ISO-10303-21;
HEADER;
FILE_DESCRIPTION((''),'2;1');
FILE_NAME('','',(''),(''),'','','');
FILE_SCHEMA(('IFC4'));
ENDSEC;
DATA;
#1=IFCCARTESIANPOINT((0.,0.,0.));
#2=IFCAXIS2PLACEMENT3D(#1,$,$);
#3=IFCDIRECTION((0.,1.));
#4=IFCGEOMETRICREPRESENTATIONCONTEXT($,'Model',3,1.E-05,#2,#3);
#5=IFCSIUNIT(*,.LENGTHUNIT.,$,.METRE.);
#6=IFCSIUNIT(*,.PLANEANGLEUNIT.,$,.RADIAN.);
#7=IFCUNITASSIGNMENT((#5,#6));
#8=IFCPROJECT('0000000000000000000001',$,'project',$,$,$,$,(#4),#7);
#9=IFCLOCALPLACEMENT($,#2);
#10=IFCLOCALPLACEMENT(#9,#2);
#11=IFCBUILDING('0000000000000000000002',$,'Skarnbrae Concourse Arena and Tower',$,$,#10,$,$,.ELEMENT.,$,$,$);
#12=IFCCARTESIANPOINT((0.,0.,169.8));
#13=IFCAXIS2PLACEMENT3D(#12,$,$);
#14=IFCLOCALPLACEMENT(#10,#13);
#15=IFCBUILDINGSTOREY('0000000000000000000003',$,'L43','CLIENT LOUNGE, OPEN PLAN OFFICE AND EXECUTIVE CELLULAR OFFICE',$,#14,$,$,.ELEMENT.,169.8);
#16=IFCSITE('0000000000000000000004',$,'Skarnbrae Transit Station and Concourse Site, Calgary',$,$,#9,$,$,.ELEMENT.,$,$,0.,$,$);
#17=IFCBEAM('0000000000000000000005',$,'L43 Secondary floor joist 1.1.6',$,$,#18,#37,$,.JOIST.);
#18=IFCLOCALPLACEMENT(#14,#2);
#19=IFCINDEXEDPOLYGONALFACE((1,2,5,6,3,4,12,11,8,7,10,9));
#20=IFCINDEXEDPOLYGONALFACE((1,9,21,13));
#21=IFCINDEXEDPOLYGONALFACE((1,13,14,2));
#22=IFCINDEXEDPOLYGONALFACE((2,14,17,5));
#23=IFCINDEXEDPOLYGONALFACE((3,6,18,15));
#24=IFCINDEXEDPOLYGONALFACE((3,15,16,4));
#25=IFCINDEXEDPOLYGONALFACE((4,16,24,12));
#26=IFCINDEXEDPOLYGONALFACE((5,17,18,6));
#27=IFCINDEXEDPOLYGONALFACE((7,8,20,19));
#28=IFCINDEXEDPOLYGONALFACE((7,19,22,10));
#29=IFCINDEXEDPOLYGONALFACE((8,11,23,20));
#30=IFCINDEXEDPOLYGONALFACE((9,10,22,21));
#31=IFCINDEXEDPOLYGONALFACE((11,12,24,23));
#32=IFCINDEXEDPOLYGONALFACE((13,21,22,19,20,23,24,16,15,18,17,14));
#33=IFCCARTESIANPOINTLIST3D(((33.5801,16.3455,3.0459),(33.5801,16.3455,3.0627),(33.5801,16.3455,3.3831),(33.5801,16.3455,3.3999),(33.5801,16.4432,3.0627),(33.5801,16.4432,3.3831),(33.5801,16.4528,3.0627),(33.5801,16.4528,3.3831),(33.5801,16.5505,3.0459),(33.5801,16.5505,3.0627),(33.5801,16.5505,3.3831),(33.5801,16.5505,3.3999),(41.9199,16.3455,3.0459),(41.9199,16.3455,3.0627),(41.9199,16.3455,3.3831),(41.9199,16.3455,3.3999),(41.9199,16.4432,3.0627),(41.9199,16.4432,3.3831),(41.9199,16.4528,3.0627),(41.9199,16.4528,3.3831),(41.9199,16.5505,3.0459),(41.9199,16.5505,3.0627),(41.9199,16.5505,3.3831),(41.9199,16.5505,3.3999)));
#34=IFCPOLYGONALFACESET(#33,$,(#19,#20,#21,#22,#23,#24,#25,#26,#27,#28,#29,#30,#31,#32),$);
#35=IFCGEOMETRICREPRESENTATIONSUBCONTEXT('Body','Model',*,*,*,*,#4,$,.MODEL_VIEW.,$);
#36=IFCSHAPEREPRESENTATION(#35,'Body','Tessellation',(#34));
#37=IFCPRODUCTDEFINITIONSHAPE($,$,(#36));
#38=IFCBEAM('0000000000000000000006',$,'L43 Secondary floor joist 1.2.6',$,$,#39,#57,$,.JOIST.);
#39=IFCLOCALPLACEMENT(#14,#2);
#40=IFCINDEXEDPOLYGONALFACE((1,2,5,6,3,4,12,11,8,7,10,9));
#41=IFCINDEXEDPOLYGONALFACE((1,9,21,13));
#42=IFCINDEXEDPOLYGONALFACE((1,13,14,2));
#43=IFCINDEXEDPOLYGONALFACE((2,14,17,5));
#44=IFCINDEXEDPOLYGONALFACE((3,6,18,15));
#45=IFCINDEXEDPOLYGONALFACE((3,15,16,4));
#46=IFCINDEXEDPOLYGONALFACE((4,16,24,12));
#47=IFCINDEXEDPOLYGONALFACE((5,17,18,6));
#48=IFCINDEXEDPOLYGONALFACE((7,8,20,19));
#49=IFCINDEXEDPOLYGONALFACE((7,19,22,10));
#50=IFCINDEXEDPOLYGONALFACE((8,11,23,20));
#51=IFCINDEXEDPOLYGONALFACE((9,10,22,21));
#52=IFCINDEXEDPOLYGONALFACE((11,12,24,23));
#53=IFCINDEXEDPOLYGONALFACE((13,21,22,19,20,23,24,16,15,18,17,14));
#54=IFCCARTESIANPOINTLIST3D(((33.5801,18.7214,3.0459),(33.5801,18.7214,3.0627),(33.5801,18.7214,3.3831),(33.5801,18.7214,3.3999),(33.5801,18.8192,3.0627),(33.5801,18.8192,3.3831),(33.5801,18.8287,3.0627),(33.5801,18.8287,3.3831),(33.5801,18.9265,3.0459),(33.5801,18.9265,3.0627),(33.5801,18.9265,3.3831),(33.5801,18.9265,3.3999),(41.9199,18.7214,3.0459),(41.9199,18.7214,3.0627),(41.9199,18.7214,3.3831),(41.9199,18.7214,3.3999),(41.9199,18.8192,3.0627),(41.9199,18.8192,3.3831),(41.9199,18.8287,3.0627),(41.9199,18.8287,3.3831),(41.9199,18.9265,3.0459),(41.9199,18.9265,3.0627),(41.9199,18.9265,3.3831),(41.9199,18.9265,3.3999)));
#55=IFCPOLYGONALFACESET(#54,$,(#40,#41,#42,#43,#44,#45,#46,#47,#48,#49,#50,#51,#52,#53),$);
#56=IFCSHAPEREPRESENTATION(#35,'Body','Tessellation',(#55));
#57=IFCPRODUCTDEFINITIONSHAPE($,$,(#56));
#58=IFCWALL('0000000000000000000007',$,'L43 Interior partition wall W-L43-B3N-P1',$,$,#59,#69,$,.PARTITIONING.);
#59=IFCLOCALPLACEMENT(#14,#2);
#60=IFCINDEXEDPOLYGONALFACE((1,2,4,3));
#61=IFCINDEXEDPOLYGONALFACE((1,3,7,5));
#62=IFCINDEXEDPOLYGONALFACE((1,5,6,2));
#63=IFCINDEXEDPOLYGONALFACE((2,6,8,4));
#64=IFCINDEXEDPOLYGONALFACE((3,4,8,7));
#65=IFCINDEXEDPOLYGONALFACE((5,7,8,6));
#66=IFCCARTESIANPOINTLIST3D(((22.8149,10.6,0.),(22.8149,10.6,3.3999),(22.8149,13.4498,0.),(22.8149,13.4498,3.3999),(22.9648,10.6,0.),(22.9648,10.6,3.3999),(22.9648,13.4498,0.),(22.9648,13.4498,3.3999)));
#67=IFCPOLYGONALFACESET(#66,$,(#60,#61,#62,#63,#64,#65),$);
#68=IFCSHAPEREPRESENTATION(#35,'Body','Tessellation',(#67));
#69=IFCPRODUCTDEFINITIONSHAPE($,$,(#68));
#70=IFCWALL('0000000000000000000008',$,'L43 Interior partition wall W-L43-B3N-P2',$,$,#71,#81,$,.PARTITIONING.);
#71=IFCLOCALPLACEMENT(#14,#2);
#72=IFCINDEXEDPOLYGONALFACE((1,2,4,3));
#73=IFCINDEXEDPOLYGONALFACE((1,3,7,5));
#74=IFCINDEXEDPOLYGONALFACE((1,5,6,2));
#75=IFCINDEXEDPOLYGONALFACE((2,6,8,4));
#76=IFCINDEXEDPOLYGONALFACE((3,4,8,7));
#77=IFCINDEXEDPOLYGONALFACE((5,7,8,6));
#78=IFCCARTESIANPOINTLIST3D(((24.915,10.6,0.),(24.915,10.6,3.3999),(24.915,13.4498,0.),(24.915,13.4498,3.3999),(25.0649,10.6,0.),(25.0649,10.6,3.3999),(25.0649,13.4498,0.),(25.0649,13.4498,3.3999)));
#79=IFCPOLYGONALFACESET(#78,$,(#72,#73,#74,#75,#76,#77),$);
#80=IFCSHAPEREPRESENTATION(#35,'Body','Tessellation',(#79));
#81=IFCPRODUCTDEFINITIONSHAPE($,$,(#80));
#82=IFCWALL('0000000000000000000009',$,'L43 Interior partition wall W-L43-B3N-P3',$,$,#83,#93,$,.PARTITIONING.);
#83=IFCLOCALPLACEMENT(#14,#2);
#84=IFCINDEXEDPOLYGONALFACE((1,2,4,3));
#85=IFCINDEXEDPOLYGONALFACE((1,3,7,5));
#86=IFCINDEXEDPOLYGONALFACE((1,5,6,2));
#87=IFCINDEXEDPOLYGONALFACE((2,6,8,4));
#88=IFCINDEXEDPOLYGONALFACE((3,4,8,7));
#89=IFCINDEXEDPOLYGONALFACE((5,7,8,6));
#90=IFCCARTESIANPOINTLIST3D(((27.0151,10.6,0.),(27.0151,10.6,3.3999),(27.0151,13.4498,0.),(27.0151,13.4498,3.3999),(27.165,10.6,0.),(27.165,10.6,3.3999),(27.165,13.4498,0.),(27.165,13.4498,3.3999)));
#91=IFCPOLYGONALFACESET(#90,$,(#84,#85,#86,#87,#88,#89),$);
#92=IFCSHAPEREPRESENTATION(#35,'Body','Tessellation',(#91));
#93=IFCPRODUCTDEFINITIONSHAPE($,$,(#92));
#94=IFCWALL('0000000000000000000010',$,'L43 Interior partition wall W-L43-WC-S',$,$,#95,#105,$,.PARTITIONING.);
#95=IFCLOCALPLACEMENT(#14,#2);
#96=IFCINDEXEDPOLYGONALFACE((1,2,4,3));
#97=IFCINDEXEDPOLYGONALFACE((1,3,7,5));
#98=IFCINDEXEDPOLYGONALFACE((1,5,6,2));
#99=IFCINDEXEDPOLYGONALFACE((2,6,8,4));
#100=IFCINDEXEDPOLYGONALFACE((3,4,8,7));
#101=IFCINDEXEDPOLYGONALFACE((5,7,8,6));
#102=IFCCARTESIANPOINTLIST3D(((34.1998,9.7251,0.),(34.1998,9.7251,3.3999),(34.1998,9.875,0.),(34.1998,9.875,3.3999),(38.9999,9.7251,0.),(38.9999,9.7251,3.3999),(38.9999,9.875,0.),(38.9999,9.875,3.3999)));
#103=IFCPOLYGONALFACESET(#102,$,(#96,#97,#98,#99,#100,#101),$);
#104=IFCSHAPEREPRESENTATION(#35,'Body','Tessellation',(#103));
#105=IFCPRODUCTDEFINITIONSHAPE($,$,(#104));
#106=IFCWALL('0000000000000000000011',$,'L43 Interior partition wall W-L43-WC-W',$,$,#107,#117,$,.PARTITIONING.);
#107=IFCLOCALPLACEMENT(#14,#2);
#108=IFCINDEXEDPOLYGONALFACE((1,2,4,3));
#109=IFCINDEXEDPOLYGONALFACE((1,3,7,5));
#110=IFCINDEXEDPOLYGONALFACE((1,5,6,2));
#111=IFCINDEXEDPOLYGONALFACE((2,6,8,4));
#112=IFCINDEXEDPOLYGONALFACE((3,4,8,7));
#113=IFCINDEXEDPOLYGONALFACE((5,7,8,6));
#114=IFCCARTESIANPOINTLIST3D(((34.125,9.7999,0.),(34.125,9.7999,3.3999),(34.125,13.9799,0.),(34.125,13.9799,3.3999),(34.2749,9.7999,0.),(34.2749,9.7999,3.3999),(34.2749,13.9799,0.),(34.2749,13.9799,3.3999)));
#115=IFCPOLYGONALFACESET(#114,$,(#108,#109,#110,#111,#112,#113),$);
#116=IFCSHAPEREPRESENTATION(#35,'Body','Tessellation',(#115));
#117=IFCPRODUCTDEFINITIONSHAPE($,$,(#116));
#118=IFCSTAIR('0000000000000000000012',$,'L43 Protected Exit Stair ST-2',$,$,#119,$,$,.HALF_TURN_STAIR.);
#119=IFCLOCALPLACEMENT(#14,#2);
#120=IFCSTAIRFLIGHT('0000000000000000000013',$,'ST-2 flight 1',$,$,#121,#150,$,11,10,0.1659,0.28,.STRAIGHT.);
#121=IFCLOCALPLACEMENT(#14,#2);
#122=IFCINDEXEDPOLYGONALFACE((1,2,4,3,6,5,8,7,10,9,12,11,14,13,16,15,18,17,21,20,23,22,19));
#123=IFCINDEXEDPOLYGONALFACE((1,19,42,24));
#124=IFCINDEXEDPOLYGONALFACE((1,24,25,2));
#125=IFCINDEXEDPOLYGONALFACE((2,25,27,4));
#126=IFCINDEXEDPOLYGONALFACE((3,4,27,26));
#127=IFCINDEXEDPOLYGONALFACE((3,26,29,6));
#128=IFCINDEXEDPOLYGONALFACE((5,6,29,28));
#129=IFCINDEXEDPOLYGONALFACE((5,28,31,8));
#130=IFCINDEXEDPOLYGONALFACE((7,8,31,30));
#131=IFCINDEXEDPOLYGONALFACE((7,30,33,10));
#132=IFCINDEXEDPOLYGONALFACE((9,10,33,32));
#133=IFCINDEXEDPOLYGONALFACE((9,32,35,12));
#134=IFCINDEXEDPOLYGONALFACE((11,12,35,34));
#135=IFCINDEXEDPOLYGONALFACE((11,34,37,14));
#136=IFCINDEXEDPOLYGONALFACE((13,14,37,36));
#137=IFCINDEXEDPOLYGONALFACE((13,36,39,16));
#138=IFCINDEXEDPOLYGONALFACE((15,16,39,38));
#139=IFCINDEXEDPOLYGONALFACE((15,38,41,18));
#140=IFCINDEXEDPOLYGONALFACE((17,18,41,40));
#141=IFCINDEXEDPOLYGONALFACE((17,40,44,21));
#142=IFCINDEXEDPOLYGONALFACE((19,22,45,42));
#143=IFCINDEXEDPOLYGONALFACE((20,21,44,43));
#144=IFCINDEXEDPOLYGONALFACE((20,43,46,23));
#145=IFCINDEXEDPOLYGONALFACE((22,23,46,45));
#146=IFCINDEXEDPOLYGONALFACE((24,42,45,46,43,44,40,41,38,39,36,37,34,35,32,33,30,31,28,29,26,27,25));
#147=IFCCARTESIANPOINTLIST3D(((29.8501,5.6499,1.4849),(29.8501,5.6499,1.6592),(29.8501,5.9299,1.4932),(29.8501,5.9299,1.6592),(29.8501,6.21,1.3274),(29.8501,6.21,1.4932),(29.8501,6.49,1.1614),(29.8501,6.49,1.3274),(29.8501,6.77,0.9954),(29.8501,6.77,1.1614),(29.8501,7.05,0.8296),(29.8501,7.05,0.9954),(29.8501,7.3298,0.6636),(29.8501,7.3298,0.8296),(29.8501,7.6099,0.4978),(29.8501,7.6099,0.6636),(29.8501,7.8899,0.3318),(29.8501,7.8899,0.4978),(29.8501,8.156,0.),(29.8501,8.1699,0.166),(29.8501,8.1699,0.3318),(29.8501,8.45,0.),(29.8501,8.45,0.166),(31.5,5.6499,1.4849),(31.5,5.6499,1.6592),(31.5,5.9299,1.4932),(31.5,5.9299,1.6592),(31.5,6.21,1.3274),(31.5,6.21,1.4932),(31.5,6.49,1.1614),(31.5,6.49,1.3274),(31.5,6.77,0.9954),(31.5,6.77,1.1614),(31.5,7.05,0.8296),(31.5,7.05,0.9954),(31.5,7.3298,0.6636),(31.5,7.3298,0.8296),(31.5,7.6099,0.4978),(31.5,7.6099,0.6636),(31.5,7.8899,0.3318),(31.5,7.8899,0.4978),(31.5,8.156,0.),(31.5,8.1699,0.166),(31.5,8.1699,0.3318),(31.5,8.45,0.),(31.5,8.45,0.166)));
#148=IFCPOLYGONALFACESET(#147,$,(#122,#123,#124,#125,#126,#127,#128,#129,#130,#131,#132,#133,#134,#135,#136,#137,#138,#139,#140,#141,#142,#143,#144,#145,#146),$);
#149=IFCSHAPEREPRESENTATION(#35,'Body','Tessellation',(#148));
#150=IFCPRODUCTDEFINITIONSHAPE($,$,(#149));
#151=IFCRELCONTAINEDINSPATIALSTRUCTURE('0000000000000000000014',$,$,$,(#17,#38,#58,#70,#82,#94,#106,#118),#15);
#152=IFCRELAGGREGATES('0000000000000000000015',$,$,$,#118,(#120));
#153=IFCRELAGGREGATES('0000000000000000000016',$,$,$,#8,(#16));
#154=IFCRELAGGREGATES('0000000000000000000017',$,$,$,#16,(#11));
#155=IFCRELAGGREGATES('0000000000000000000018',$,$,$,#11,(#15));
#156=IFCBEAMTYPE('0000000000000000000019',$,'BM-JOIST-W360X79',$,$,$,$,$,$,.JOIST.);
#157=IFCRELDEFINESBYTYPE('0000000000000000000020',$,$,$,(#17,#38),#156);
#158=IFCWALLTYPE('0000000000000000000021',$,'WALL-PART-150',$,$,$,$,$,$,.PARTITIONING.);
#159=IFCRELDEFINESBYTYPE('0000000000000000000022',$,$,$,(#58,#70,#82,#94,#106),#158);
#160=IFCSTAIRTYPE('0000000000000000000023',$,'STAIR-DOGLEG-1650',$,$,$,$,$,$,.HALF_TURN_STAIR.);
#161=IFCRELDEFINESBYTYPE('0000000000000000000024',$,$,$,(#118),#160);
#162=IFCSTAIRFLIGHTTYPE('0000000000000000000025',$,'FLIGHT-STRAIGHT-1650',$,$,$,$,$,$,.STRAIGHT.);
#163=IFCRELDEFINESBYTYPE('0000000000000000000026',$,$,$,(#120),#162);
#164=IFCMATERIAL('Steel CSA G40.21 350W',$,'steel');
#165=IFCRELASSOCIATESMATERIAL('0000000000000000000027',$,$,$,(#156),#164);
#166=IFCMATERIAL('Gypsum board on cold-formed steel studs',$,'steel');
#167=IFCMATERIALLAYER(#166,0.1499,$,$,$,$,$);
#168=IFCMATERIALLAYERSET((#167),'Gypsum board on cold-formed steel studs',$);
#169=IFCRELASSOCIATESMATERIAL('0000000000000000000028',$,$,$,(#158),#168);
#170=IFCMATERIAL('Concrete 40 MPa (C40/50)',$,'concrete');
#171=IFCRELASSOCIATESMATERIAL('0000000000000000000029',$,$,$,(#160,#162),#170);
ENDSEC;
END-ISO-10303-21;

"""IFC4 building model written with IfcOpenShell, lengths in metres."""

from ifc_helpers import new_model, si_unit, direction, frame, frame_2d, origin, origin_2d, place, context, subcontext, project, spatial, polyline, rectangle, i_section, outline, extrude, source, transform, mapped, material, layer, layer_set, material_profile, profile_set, type_object, element, aggregate, save


model = new_model("IFC4")

# Units and contexts
model_context = context("Model", 3, precision=1e-05, world=origin(), true_north=direction((0.0, 1.0)))
body_context = subcontext(model_context, "Body", "Model", "MODEL_VIEW")
ifc_project = project(units=[si_unit("LENGTHUNIT", "METRE"), si_unit("PLANEANGLEUNIT", "RADIAN")], contexts=[model_context])

# Site, building, storey
site_placement = place(None, origin())
site = spatial("IfcSite", under=ifc_project, at=site_placement, Name="Skarnbrae Transit Station and Concourse Site, Calgary", CompositionType="ELEMENT", RefElevation=0.0)
building_placement = place(site_placement, origin())
building = spatial("IfcBuilding", under=site, at=building_placement, Name="Skarnbrae Concourse Arena and Tower", CompositionType="ELEMENT")
storey_placement = place(building_placement, frame((0.0, 0.0, 169.8)))
storey = spatial("IfcBuildingStorey", under=building, at=storey_placement, Name="L43", Description="CLIENT LOUNGE, OPEN PLAN OFFICE AND EXECUTIVE CELLULAR OFFICE", CompositionType="ELEMENT", Elevation=169.8)

# Shared definitions
ifc_material_1 = material(Name="Steel CSA G40.21 350W", Category="steel")

# Beams
ifc_material_profile_1 = material_profile(ifc_material_1, i_section(OverallWidth=0.2051, OverallDepth=0.354, WebThickness=0.0095, FlangeThickness=0.0168, at=origin_2d()), Name="W360X79")
ifc_profile_set_1 = profile_set([ifc_material_profile_1], Name="Steel CSA G40.21 350W")
beam_type_1 = type_object("IfcBeamType", Name="BM-JOIST-W360X79", PredefinedType="JOIST", material=ifc_profile_set_1)
shared_shape_1 = source(origin(), body_context, "Body", "SweptSolid", [
    extrude(i_section(OverallWidth=0.2051, OverallDepth=0.354, WebThickness=0.0095, FlangeThickness=0.0168, at=origin_2d()), origin(), (0.0, 0.0, 1.0), 8.3398),
])
for number, where, z_axis, x_axis, name in (
    (1, (33.5801, 16.448, 3.2229), (1.0, 0.0, 0.0), (0.0, 1.0, 0.0), "L43 Secondary floor joist 1.1.6"),
    (2, (33.5801, 18.824, 3.2229), (1.0, 0.0, 0.0), (0.0, 1.0, 0.0), "L43 Secondary floor joist 1.2.6"),
):
    element("IfcBeam", number, at=place(storey_placement, frame(where, z_axis=z_axis, x_axis=x_axis)), inside=storey, type_object=beam_type_1, Name=name, PredefinedType="JOIST", context=body_context, shape_type="MappedRepresentation", body=[
        mapped(shared_shape_1, transform((0.0, 0.0, 0.0))),
    ])

# Walls
ifc_material_2 = material(Name="Gypsum board on cold-formed steel studs", Category="steel")
ifc_layer_1 = layer(ifc_material_2, 0.1499)
ifc_layer_set_1 = layer_set([ifc_layer_1], Name="Gypsum board on cold-formed steel studs")
wall_type_1 = type_object("IfcWallType", Name="WALL-PART-150", PredefinedType="PARTITIONING", material=ifc_layer_set_1)
shared_shape_2 = source(origin(), body_context, "Body", "SweptSolid", [
    extrude(rectangle(XDim=2.8499, YDim=0.1499, at=frame_2d((1.4248, 0.0))), origin(), (0.0, 0.0, 1.0), 3.3999),
])
for number, where, z_axis, x_axis, name in (
    (3, (22.8899, 10.6001, 0.0), (0.0, 0.0, 1.0), (0.0, 1.0, 0.0), "L43 Interior partition wall W-L43-B3N-P1"),
    (4, (24.99, 10.6001, 0.0), (0.0, 0.0, 1.0), (0.0, 1.0, 0.0), "L43 Interior partition wall W-L43-B3N-P2"),
    (5, (27.0901, 10.6001, 0.0), (0.0, 0.0, 1.0), (0.0, 1.0, 0.0), "L43 Interior partition wall W-L43-B3N-P3"),
):
    element("IfcWall", number, at=place(storey_placement, frame(where, z_axis=z_axis, x_axis=x_axis)), inside=storey, type_object=wall_type_1, Name=name, PredefinedType="PARTITIONING", context=body_context, shape_type="MappedRepresentation", body=[
        mapped(shared_shape_2, transform((0.0, 0.0, 0.0))),
    ])
shared_shape_3 = source(origin(), body_context, "Body", "SweptSolid", [
    extrude(rectangle(XDim=4.8, YDim=0.1499, at=frame_2d((2.3999, 0.0))), origin(), (0.0, 0.0, 1.0), 3.3999),
])
wall_1_placement = place(storey_placement, frame((34.2, 9.8, 0.0), z_axis=(0.0, 0.0, 1.0), x_axis=(1.0, 0.0, 0.0)))
element("IfcWall", 6, at=wall_1_placement, inside=storey, type_object=wall_type_1, Name="L43 Interior partition wall W-L43-WC-S", PredefinedType="PARTITIONING", context=body_context, shape_type="MappedRepresentation", body=[
    mapped(shared_shape_3, transform((0.0, 0.0, 0.0))),
])
shared_shape_4 = source(origin(), body_context, "Body", "SweptSolid", [
    extrude(rectangle(XDim=4.1799, YDim=0.1499, at=frame_2d((2.0898, 0.0))), origin(), (0.0, 0.0, 1.0), 3.3999),
])
wall_2_placement = place(storey_placement, frame((34.2, 9.8, 0.0), z_axis=(0.0, 0.0, 1.0), x_axis=(0.0, 1.0, 0.0)))
element("IfcWall", 7, at=wall_2_placement, inside=storey, type_object=wall_type_1, Name="L43 Interior partition wall W-L43-WC-W", PredefinedType="PARTITIONING", context=body_context, shape_type="MappedRepresentation", body=[
    mapped(shared_shape_4, transform((0.0, 0.0, 0.0))),
])

# Stair, stair flight
ifc_material_3 = material(Name="Concrete 40 MPa (C40/50)", Category="concrete")
stair_type = type_object("IfcStairType", Name="STAIR-DOGLEG-1650", PredefinedType="HALF_TURN_STAIR", material=ifc_material_3)
stair_placement = place(storey_placement, origin())
stair = element("IfcStair", 8, at=stair_placement, inside=storey, type_object=stair_type, Name="L43 Protected Exit Stair ST-2", PredefinedType="HALF_TURN_STAIR")
stair_flight_type = type_object("IfcStairFlightType", Name="FLIGHT-STRAIGHT-1650", PredefinedType="STRAIGHT", material=ifc_material_3)
shared_shape_5 = source(origin(), body_context, "Body", "SweptSolid", [
    extrude(outline(polyline([(0.0, 0.0), (0.0, 0.166), (0.28, 0.166), (0.28, 0.3318), (0.5601, 0.3318), (0.5601, 0.4978), (0.8401, 0.4978), (0.8401, 0.6636), (1.1201, 0.6636), (1.1201, 0.8296), (1.3999, 0.8296), (1.3999, 0.9954), (1.6799, 0.9954), (1.6799, 1.1614), (1.96, 1.1614), (1.96, 1.3274), (2.24, 1.3274), (2.24, 1.4932), (2.52, 1.4932), (2.52, 1.6592), (2.8, 1.6592), (2.8, 1.825), (2.8, 1.4849), (0.2939, 0.0), (0.0, 0.0)])), frame((0.0, 0.825, 0.0), z_axis=(0.0, -1.0, 0.0), x_axis=(1.0, 0.0, 0.0)), (0.0, 0.0, 1.0), 1.6499),
])
stair_flight_placement = place(storey_placement, frame((30.675, 8.45, 0.0), z_axis=(0.0, 0.0, 1.0), x_axis=(0.0, -1.0, 0.0)))
stair_flight = element("IfcStairFlight", 9, at=stair_flight_placement, type_object=stair_flight_type, Name="ST-2 flight 1", NumberOfRisers=11, NumberOfTreads=10, PredefinedType="STRAIGHT", RiserHeight=0.1659, TreadLength=0.28, context=body_context, shape_type="MappedRepresentation", body=[
    mapped(shared_shape_5, transform((0.0, 0.0, 0.0))),
])
aggregate(stair, [stair_flight])

save(model, "model.ifc")
